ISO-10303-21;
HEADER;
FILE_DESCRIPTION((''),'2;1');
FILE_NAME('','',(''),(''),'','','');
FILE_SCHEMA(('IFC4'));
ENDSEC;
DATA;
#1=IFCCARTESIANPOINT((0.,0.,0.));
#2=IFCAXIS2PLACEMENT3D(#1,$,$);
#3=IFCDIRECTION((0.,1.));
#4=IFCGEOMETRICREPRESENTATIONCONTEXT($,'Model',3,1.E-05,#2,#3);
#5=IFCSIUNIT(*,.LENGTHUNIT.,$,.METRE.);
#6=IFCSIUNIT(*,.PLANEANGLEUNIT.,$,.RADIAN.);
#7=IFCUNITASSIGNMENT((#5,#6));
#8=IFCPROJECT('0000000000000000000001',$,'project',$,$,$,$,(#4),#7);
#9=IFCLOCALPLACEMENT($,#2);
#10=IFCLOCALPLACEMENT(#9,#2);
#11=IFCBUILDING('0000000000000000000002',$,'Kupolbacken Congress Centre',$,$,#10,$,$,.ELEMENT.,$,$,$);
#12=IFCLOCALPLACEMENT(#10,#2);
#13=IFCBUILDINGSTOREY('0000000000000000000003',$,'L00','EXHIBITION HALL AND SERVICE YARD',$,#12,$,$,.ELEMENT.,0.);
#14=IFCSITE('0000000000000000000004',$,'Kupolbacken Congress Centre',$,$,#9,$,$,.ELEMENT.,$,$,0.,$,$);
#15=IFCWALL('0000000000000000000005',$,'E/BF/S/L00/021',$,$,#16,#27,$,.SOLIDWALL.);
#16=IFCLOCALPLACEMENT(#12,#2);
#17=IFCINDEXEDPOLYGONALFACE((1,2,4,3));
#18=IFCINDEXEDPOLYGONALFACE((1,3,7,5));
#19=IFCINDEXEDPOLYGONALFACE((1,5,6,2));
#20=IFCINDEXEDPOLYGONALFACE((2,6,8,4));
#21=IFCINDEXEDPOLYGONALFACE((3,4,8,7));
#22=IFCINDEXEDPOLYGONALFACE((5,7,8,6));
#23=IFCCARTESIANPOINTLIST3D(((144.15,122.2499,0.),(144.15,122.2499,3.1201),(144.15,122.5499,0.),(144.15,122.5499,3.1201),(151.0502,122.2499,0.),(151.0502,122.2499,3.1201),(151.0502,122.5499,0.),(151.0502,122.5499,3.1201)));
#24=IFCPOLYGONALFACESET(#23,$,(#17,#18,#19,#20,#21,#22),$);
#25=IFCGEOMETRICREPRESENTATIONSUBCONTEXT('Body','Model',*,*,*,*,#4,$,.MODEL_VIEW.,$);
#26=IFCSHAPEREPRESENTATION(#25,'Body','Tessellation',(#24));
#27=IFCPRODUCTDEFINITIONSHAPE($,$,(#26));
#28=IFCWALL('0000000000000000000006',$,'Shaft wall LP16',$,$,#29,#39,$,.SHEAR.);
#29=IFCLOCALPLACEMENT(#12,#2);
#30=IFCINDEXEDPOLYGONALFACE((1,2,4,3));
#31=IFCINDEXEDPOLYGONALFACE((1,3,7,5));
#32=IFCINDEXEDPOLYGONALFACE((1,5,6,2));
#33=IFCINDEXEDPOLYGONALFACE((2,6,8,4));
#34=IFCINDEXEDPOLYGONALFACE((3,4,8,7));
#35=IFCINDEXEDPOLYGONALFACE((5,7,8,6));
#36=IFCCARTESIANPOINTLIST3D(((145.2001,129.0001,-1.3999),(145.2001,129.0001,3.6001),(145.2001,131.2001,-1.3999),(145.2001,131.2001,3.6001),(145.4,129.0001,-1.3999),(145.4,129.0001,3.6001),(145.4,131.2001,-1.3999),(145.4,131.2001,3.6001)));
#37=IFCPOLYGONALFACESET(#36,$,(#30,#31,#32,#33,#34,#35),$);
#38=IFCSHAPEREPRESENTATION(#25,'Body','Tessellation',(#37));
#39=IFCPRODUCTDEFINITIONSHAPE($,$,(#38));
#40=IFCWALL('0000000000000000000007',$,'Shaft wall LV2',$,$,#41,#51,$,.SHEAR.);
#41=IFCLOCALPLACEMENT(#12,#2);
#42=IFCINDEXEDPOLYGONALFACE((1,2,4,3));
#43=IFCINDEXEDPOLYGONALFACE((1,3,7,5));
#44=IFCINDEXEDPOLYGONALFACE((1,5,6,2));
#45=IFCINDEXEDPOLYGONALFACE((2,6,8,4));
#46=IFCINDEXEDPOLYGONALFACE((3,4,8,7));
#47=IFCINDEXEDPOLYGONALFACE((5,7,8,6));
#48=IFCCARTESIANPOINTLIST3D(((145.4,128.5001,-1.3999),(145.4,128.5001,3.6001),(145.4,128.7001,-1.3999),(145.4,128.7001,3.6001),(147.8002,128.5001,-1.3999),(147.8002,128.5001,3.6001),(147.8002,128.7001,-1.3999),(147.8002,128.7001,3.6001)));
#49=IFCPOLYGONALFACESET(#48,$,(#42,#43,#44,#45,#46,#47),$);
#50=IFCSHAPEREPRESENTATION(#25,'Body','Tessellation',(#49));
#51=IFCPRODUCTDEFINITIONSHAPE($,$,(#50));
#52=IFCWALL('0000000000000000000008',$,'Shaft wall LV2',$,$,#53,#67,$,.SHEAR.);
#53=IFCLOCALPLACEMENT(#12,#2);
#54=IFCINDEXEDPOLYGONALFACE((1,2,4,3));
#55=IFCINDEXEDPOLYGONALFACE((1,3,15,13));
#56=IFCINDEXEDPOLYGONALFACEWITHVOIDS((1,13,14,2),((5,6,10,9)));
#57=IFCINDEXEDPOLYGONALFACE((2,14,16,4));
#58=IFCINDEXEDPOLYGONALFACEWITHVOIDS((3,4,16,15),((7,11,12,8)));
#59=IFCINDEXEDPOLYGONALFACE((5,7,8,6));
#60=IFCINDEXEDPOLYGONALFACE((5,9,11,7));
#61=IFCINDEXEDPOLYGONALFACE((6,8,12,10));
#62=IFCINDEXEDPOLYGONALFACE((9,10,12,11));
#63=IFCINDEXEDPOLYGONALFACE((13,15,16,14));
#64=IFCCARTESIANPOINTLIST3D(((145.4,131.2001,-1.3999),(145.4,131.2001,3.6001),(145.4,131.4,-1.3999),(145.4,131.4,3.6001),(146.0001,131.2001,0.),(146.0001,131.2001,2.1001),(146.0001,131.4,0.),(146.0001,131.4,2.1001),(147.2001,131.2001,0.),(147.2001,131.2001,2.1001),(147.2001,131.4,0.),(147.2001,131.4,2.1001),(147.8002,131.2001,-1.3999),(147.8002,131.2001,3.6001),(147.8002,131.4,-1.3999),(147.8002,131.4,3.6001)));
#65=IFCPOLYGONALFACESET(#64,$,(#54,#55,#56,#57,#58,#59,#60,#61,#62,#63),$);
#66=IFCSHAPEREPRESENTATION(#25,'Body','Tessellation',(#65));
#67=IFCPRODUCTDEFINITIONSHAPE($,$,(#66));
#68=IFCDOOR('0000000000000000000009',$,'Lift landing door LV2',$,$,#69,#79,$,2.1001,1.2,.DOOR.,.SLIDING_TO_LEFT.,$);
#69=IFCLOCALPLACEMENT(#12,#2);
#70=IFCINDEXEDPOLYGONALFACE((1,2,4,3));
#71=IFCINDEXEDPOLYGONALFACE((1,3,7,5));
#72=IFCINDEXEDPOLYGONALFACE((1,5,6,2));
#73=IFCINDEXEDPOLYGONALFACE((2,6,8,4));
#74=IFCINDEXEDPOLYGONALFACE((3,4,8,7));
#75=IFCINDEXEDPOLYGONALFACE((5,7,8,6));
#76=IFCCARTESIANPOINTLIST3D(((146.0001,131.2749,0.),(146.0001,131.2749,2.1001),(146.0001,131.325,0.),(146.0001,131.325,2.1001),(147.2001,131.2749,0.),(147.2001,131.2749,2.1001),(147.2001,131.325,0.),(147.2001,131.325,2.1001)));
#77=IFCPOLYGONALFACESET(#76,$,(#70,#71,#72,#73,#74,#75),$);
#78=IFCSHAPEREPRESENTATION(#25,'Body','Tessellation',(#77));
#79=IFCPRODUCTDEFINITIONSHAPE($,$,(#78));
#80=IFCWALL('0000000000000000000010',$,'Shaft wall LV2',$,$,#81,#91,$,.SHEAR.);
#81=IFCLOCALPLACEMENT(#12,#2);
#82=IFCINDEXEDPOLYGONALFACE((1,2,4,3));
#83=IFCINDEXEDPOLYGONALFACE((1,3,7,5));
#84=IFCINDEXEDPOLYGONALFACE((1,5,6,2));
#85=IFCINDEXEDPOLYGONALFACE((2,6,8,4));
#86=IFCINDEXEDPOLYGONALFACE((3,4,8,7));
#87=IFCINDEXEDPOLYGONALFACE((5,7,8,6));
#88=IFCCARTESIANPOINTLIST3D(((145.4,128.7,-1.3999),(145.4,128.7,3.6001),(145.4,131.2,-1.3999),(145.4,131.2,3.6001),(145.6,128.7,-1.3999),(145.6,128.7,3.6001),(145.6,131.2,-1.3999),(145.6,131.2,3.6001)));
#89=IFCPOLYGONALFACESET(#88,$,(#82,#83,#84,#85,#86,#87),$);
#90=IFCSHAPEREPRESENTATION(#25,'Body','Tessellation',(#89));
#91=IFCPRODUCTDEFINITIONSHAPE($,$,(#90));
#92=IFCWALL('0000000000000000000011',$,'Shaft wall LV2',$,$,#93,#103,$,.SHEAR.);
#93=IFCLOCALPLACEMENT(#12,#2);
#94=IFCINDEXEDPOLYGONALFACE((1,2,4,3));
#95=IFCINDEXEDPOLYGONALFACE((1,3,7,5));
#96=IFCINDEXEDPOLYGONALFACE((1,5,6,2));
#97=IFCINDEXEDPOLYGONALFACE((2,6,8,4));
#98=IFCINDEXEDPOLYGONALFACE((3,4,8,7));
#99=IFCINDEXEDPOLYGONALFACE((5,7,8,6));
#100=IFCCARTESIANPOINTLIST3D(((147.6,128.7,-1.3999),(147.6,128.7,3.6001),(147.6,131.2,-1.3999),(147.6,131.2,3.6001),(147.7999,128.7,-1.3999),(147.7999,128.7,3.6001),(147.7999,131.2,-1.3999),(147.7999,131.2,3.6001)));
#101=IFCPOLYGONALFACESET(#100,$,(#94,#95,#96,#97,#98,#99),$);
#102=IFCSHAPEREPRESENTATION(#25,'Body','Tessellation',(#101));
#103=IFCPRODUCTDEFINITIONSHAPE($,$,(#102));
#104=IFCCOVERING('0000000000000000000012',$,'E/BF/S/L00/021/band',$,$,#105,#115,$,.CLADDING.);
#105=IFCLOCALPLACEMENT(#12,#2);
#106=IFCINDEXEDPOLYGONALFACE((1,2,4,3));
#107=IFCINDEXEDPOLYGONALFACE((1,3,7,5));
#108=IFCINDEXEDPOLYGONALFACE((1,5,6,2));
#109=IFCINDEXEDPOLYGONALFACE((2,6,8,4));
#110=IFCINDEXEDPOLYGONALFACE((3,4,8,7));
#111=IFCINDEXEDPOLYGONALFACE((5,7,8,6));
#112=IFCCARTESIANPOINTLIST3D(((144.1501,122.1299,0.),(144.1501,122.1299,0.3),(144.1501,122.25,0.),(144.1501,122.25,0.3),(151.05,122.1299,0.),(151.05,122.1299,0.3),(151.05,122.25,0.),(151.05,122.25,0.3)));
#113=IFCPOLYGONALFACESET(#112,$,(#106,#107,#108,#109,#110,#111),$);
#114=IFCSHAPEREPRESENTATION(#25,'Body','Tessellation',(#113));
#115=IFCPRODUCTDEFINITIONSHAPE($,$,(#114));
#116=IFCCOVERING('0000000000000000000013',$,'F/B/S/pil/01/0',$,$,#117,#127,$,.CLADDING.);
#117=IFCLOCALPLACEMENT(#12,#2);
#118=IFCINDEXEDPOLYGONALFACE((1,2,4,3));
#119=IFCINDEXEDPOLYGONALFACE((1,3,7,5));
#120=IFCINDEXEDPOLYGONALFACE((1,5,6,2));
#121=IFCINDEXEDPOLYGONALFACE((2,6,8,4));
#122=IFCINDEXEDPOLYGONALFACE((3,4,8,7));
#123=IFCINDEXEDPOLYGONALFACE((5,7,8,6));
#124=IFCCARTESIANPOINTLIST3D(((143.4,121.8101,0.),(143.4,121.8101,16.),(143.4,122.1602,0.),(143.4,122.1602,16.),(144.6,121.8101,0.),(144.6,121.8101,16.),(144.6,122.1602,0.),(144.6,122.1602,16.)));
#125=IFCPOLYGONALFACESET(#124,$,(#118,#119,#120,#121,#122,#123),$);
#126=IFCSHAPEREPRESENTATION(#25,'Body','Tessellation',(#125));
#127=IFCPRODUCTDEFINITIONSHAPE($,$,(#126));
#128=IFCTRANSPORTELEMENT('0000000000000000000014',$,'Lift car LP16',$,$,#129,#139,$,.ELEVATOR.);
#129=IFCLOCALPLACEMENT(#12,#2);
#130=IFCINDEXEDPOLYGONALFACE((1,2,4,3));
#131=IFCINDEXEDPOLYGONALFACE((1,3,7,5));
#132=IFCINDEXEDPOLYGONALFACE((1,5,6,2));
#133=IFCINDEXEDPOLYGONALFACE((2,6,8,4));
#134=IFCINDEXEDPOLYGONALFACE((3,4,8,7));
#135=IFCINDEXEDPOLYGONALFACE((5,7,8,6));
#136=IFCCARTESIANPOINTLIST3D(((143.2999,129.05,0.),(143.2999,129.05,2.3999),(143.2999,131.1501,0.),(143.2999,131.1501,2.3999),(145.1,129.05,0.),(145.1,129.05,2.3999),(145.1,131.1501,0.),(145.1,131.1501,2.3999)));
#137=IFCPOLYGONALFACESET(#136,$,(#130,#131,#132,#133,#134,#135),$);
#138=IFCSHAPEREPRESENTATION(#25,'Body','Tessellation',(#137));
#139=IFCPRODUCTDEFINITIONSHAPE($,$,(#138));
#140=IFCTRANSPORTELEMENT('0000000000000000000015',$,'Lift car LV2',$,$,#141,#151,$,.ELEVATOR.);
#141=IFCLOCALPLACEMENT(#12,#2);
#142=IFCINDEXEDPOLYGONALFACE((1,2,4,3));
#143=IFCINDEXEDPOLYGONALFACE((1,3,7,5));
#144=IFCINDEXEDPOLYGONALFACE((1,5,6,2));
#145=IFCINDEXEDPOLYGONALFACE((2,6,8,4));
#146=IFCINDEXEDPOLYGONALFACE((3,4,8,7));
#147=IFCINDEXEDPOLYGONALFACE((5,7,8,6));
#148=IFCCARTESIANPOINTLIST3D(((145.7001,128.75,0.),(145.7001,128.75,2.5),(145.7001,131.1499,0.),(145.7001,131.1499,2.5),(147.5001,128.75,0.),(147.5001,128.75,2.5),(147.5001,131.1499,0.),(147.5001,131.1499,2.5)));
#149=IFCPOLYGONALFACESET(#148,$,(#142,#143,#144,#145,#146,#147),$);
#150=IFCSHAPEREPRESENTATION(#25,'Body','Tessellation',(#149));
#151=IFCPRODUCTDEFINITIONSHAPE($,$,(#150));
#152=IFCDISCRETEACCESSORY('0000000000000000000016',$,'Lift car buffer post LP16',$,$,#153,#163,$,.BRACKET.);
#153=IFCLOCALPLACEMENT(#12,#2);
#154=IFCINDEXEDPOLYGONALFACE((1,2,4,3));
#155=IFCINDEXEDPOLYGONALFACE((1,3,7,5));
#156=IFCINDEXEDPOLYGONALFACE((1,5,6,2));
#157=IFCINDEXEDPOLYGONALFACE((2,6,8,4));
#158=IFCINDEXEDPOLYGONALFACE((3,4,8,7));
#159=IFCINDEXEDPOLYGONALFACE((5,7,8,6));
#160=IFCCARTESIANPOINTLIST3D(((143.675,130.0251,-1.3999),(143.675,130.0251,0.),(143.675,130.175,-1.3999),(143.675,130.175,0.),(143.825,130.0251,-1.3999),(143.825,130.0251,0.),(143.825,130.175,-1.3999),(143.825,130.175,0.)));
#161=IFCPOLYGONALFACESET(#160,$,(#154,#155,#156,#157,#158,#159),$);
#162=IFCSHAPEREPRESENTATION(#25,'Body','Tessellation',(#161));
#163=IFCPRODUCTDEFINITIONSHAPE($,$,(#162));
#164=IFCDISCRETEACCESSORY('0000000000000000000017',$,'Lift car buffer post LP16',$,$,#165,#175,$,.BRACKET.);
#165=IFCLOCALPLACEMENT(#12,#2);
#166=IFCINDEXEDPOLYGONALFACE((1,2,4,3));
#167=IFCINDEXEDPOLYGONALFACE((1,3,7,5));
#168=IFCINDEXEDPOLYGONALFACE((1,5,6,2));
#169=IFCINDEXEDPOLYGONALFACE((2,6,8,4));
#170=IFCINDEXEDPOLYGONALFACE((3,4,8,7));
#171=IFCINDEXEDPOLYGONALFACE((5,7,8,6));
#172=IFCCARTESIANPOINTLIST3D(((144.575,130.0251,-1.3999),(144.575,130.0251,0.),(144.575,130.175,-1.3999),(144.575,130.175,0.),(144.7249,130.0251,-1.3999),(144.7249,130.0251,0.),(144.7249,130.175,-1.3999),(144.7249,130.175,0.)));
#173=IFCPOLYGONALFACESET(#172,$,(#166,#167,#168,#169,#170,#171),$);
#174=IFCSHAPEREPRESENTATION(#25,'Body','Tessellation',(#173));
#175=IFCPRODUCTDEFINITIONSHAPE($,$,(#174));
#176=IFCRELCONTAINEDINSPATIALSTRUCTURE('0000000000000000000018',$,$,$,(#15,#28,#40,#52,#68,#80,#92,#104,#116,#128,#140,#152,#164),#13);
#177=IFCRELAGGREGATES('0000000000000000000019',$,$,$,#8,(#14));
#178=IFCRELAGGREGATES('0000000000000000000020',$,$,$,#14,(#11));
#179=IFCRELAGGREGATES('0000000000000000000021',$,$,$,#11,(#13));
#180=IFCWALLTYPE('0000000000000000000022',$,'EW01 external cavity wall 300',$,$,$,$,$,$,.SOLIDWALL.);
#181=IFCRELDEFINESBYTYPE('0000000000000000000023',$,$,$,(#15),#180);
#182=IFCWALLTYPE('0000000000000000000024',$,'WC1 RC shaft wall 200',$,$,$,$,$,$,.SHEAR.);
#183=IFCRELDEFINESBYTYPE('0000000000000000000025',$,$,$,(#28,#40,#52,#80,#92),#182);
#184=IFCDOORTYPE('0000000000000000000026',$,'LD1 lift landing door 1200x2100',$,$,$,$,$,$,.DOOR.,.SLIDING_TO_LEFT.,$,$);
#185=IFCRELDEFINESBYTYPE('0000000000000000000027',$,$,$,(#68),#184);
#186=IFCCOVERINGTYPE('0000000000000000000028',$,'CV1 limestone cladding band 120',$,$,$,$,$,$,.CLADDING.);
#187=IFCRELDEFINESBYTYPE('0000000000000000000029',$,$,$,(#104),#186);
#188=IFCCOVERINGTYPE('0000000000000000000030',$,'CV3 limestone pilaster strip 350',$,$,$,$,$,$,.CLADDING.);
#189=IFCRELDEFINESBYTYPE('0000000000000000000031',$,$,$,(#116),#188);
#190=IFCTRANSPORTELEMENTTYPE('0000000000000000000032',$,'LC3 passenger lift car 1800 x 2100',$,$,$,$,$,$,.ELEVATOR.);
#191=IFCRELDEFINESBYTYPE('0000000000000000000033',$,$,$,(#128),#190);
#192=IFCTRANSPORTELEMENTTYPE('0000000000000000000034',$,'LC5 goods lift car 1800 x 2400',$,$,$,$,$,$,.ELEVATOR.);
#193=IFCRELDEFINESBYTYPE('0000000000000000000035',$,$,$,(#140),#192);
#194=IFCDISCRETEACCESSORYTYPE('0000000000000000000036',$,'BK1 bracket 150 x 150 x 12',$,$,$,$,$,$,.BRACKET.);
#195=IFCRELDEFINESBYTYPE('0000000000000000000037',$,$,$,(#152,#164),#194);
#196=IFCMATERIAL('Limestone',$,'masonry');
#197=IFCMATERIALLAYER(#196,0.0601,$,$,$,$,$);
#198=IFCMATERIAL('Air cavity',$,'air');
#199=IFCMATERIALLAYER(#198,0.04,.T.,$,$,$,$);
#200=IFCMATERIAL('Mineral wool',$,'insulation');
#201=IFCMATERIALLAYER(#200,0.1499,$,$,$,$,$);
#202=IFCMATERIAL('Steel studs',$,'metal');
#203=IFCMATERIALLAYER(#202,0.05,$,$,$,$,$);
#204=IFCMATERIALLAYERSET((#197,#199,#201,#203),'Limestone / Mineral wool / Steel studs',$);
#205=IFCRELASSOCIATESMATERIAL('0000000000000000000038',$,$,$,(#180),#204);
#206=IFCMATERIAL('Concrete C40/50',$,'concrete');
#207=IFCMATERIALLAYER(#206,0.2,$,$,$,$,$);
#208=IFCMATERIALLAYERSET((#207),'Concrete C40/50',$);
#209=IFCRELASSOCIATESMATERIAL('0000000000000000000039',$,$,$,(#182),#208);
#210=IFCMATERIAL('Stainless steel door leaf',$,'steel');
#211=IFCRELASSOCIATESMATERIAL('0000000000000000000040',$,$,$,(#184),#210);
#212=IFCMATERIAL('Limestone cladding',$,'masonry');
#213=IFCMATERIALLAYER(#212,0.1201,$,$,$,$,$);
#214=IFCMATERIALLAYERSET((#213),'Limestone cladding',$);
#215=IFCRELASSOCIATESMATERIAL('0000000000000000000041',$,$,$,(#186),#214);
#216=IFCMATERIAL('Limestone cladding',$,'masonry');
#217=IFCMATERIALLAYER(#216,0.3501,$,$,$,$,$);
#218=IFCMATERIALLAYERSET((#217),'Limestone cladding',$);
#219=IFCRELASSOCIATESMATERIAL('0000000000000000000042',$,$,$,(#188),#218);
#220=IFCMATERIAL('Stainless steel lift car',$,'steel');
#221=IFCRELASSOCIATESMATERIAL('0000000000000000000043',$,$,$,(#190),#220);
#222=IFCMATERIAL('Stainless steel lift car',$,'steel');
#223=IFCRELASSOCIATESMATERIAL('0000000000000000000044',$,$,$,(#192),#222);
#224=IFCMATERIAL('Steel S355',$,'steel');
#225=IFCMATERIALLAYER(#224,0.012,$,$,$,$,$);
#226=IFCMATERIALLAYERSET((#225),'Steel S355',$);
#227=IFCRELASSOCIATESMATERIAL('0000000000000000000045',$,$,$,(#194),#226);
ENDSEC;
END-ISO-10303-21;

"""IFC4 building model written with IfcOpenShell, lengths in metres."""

from ifc_helpers import new_model, si_unit, direction, frame, frame_2d, origin, origin_2d, place, context, subcontext, project, spatial, rectangle, extrude, material, layer, layer_set, type_object, element, fill, save


model = new_model("IFC4")

# Units and contexts
model_context = context("Model", 3, precision=1e-05, world=origin(), true_north=direction((0.0, 1.0)))
body_context = subcontext(model_context, "Body", "Model", "MODEL_VIEW")
ifc_project = project(units=[si_unit("LENGTHUNIT", "METRE"), si_unit("PLANEANGLEUNIT", "RADIAN")], contexts=[model_context])

# Site, building, storey
site_placement = place(None, origin())
site = spatial("IfcSite", under=ifc_project, at=site_placement, Name="Kupolbacken Congress Centre", CompositionType="ELEMENT", RefElevation=0.0)
building_placement = place(site_placement, origin())
building = spatial("IfcBuilding", under=site, at=building_placement, Name="Kupolbacken Congress Centre", CompositionType="ELEMENT")
storey_placement = place(building_placement, origin())
storey = spatial("IfcBuildingStorey", under=building, at=storey_placement, Name="L00", Description="EXHIBITION HALL AND SERVICE YARD", CompositionType="ELEMENT", Elevation=0.0)

# Walls
ifc_material_1 = material(Name="Limestone", Category="masonry")
ifc_layer_1 = layer(ifc_material_1, 0.0601)
ifc_material_2 = material(Name="Air cavity", Category="air")
ifc_layer_2 = layer(ifc_material_2, 0.04, ventilated=True)
ifc_material_3 = material(Name="Mineral wool", Category="insulation")
ifc_layer_3 = layer(ifc_material_3, 0.1499)
ifc_material_4 = material(Name="Steel studs", Category="metal")
ifc_layer_4 = layer(ifc_material_4, 0.05)
ifc_layer_set_1 = layer_set([ifc_layer_1, ifc_layer_2, ifc_layer_3, ifc_layer_4], Name="Limestone / Mineral wool / Steel studs")
wall_type_1 = type_object("IfcWallType", Name="EW01 external cavity wall 300", PredefinedType="SOLIDWALL", material=ifc_layer_set_1)
wall_1_placement = place(storey_placement, frame((144.1499, 122.3999, 0.0), z_axis=(0.0, 0.0, 1.0), x_axis=(1.0, 0.0, 0.0)))
element("IfcWall", 1, at=wall_1_placement, inside=storey, type_object=wall_type_1, Name="E/BF/S/L00/021", PredefinedType="SOLIDWALL", context=body_context, shape_type="SweptSolid", body=[
    extrude(rectangle(XDim=6.9001, YDim=0.3, at=frame_2d((3.4502, 0.0))), origin(), (0.0, 0.0, 1.0), 3.1201),
])
ifc_material_5 = material(Name="Concrete C40/50", Category="concrete")
ifc_layer_5 = layer(ifc_material_5, 0.2)
ifc_layer_set_2 = layer_set([ifc_layer_5], Name="Concrete C40/50")
wall_type_2 = type_object("IfcWallType", Name="WC1 RC shaft wall 200", PredefinedType="SHEAR", material=ifc_layer_set_2)
wall_2_placement = place(storey_placement, frame((145.3, 129.0, -1.3999), z_axis=(0.0, 0.0, 1.0), x_axis=(0.0, 1.0, 0.0)))
element("IfcWall", 2, at=wall_2_placement, inside=storey, type_object=wall_type_2, Name="Shaft wall LP16", PredefinedType="SHEAR", context=body_context, shape_type="SweptSolid", body=[
    extrude(rectangle(XDim=2.2, YDim=0.2, at=frame_2d((1.1001, 0.0))), origin(), (0.0, 0.0, 1.0), 5.0),
])
wall_3_placement = place(storey_placement, frame((145.3999, 128.6001, -1.3999), z_axis=(0.0, 0.0, 1.0), x_axis=(1.0, 0.0, 0.0)))
element("IfcWall", 3, at=wall_3_placement, inside=storey, type_object=wall_type_2, Name="Shaft wall LV2", PredefinedType="SHEAR", context=body_context, shape_type="SweptSolid", body=[
    extrude(rectangle(XDim=2.4001, YDim=0.2, at=frame_2d((1.2002, 0.0))), origin(), (0.0, 0.0, 1.0), 5.0),
])

# Wall, opening, door
wall_4_placement = place(storey_placement, frame((145.3999, 131.3, -1.3999), z_axis=(0.0, 0.0, 1.0), x_axis=(1.0, 0.0, 0.0)))
wall_4 = element("IfcWall", 4, at=wall_4_placement, inside=storey, type_object=wall_type_2, Name="Shaft wall LV2", PredefinedType="SHEAR", context=body_context, shape_type="SweptSolid", body=[
    extrude(rectangle(XDim=2.4001, YDim=0.2, at=frame_2d((1.2002, 0.0))), origin(), (0.0, 0.0, 1.0), 5.0),
])
opening_placement = place(wall_4_placement, frame((0.6001, 0.0, 1.3999)))
opening = element("IfcOpeningElement", 5, at=opening_placement, cuts=wall_4, PredefinedType="OPENING", context=body_context, shape_type="SweptSolid", body=[
    extrude(rectangle(XDim=1.2, YDim=2.1001, at=frame_2d((0.6001, 1.05))), frame((0.0, 0.1099, 0.0), z_axis=(0.0, -1.0, 0.0), x_axis=(1.0, 0.0, 0.0)), (0.0, 0.0, 1.0), 0.22),
])
ifc_material_6 = material(Name="Stainless steel door leaf", Category="steel")
door_type = type_object("IfcDoorType", Name="LD1 lift landing door 1200x2100", OperationType="SLIDING_TO_LEFT", PredefinedType="DOOR", material=ifc_material_6)
door_placement = place(opening_placement, origin())
door = element("IfcDoor", 6, at=door_placement, inside=storey, type_object=door_type, Name="Lift landing door LV2", OperationType="SLIDING_TO_LEFT", OverallHeight=2.1001, OverallWidth=1.2, PredefinedType="DOOR", context=body_context, shape_type="SweptSolid", body=[
    extrude(rectangle(XDim=1.2, YDim=2.1001, at=frame_2d((0.6001, 1.05))), frame((0.0, 0.0249, 0.0), z_axis=(0.0, -1.0, 0.0), x_axis=(1.0, 0.0, 0.0)), (0.0, 0.0, 1.0), 0.05),
])
fill(opening, door)

# Walls
for number, where, z_axis, x_axis, name in (
    (7, (145.5, 128.7, -1.3999), (0.0, 0.0, 1.0), (0.0, 1.0, 0.0), "Shaft wall LV2"),
    (8, (147.7, 128.7, -1.3999), (0.0, 0.0, 1.0), (0.0, 1.0, 0.0), "Shaft wall LV2"),
):
    element("IfcWall", number, at=place(storey_placement, frame(where, z_axis=z_axis, x_axis=x_axis)), inside=storey, type_object=wall_type_2, Name=name, PredefinedType="SHEAR", context=body_context, shape_type="SweptSolid", body=[
        extrude(rectangle(XDim=2.5, YDim=0.2, at=frame_2d((1.25, 0.0))), origin(), (0.0, 0.0, 1.0), 5.0),
    ])

# Coverings
ifc_material_7 = material(Name="Limestone cladding", Category="masonry")
ifc_layer_6 = layer(ifc_material_7, 0.1201)
ifc_layer_set_3 = layer_set([ifc_layer_6], Name="Limestone cladding")
covering_type_1 = type_object("IfcCoveringType", Name="CV1 limestone cladding band 120", PredefinedType="CLADDING", material=ifc_layer_set_3)
covering_1_placement = place(storey_placement, frame((147.6001, 122.1899, 0.0), z_axis=(0.0, 0.0, 1.0), x_axis=(1.0, 0.0, 0.0)))
element("IfcCovering", 9, at=covering_1_placement, inside=storey, type_object=covering_type_1, Name="E/BF/S/L00/021/band", PredefinedType="CLADDING", context=body_context, shape_type="SweptSolid", body=[
    extrude(rectangle(XDim=6.8999, YDim=0.1201, at=origin_2d()), origin(), (0.0, 0.0, 1.0), 0.3),
])
ifc_material_8 = material(Name="Limestone cladding", Category="masonry")
ifc_layer_7 = layer(ifc_material_8, 0.3501)
ifc_layer_set_4 = layer_set([ifc_layer_7], Name="Limestone cladding")
covering_type_2 = type_object("IfcCoveringType", Name="CV3 limestone pilaster strip 350", PredefinedType="CLADDING", material=ifc_layer_set_4)
covering_2_placement = place(storey_placement, frame((144.0, 121.9851, 0.0), z_axis=(0.0, 0.0, 1.0), x_axis=(1.0, 0.0, 0.0)))
element("IfcCovering", 10, at=covering_2_placement, inside=storey, type_object=covering_type_2, Name="F/B/S/pil/01/0", PredefinedType="CLADDING", context=body_context, shape_type="SweptSolid", body=[
    extrude(rectangle(XDim=1.2, YDim=0.3501, at=origin_2d()), origin(), (0.0, 0.0, 1.0), 16.0),
])

# Transport elements
ifc_material_9 = material(Name="Stainless steel lift car", Category="steel")
transport_element_type_1 = type_object("IfcTransportElementType", Name="LC3 passenger lift car 1800 x 2100", PredefinedType="ELEVATOR", material=ifc_material_9)
transport_element_1_placement = place(storey_placement, frame((144.2, 130.1001, 0.0), z_axis=(0.0, 0.0, 1.0), x_axis=(1.0, 0.0, 0.0)))
element("IfcTransportElement", 11, at=transport_element_1_placement, inside=storey, type_object=transport_element_type_1, Name="Lift car LP16", PredefinedType="ELEVATOR", context=body_context, shape_type="SweptSolid", body=[
    extrude(rectangle(XDim=1.8, YDim=2.1001, at=origin_2d()), origin(), (0.0, 0.0, 1.0), 2.3999),
])
ifc_material_10 = material(Name="Stainless steel lift car", Category="steel")
transport_element_type_2 = type_object("IfcTransportElementType", Name="LC5 goods lift car 1800 x 2400", PredefinedType="ELEVATOR", material=ifc_material_10)
transport_element_2_placement = place(storey_placement, frame((146.6001, 129.95, 0.0), z_axis=(0.0, 0.0, 1.0), x_axis=(1.0, 0.0, 0.0)))
element("IfcTransportElement", 12, at=transport_element_2_placement, inside=storey, type_object=transport_element_type_2, Name="Lift car LV2", PredefinedType="ELEVATOR", context=body_context, shape_type="SweptSolid", body=[
    extrude(rectangle(XDim=1.8, YDim=2.3999, at=origin_2d()), origin(), (0.0, 0.0, 1.0), 2.5),
])

# Discrete accessories
ifc_material_11 = material(Name="Steel S355", Category="steel")
ifc_layer_8 = layer(ifc_material_11, 0.012)
ifc_layer_set_5 = layer_set([ifc_layer_8], Name="Steel S355")
discrete_accessory_type = type_object("IfcDiscreteAccessoryType", Name="BK1 bracket 150 x 150 x 12", PredefinedType="BRACKET", material=ifc_layer_set_5)
for number, where, z_axis, x_axis, name in (
    (13, (143.75, 130.1001, -1.3999), (0.0, 0.0, 1.0), (1.0, 0.0, 0.0), "Lift car buffer post LP16"),
    (14, (144.6499, 130.1001, -1.3999), (0.0, 0.0, 1.0), (1.0, 0.0, 0.0), "Lift car buffer post LP16"),
):
    element("IfcDiscreteAccessory", number, at=place(storey_placement, frame(where, z_axis=z_axis, x_axis=x_axis)), inside=storey, type_object=discrete_accessory_type, Name=name, PredefinedType="BRACKET", context=body_context, shape_type="SweptSolid", body=[
        extrude(rectangle(XDim=0.1499, YDim=0.1499, at=origin_2d()), origin(), (0.0, 0.0, 1.0), 1.3999),
    ])

save(model, "model.ifc")
